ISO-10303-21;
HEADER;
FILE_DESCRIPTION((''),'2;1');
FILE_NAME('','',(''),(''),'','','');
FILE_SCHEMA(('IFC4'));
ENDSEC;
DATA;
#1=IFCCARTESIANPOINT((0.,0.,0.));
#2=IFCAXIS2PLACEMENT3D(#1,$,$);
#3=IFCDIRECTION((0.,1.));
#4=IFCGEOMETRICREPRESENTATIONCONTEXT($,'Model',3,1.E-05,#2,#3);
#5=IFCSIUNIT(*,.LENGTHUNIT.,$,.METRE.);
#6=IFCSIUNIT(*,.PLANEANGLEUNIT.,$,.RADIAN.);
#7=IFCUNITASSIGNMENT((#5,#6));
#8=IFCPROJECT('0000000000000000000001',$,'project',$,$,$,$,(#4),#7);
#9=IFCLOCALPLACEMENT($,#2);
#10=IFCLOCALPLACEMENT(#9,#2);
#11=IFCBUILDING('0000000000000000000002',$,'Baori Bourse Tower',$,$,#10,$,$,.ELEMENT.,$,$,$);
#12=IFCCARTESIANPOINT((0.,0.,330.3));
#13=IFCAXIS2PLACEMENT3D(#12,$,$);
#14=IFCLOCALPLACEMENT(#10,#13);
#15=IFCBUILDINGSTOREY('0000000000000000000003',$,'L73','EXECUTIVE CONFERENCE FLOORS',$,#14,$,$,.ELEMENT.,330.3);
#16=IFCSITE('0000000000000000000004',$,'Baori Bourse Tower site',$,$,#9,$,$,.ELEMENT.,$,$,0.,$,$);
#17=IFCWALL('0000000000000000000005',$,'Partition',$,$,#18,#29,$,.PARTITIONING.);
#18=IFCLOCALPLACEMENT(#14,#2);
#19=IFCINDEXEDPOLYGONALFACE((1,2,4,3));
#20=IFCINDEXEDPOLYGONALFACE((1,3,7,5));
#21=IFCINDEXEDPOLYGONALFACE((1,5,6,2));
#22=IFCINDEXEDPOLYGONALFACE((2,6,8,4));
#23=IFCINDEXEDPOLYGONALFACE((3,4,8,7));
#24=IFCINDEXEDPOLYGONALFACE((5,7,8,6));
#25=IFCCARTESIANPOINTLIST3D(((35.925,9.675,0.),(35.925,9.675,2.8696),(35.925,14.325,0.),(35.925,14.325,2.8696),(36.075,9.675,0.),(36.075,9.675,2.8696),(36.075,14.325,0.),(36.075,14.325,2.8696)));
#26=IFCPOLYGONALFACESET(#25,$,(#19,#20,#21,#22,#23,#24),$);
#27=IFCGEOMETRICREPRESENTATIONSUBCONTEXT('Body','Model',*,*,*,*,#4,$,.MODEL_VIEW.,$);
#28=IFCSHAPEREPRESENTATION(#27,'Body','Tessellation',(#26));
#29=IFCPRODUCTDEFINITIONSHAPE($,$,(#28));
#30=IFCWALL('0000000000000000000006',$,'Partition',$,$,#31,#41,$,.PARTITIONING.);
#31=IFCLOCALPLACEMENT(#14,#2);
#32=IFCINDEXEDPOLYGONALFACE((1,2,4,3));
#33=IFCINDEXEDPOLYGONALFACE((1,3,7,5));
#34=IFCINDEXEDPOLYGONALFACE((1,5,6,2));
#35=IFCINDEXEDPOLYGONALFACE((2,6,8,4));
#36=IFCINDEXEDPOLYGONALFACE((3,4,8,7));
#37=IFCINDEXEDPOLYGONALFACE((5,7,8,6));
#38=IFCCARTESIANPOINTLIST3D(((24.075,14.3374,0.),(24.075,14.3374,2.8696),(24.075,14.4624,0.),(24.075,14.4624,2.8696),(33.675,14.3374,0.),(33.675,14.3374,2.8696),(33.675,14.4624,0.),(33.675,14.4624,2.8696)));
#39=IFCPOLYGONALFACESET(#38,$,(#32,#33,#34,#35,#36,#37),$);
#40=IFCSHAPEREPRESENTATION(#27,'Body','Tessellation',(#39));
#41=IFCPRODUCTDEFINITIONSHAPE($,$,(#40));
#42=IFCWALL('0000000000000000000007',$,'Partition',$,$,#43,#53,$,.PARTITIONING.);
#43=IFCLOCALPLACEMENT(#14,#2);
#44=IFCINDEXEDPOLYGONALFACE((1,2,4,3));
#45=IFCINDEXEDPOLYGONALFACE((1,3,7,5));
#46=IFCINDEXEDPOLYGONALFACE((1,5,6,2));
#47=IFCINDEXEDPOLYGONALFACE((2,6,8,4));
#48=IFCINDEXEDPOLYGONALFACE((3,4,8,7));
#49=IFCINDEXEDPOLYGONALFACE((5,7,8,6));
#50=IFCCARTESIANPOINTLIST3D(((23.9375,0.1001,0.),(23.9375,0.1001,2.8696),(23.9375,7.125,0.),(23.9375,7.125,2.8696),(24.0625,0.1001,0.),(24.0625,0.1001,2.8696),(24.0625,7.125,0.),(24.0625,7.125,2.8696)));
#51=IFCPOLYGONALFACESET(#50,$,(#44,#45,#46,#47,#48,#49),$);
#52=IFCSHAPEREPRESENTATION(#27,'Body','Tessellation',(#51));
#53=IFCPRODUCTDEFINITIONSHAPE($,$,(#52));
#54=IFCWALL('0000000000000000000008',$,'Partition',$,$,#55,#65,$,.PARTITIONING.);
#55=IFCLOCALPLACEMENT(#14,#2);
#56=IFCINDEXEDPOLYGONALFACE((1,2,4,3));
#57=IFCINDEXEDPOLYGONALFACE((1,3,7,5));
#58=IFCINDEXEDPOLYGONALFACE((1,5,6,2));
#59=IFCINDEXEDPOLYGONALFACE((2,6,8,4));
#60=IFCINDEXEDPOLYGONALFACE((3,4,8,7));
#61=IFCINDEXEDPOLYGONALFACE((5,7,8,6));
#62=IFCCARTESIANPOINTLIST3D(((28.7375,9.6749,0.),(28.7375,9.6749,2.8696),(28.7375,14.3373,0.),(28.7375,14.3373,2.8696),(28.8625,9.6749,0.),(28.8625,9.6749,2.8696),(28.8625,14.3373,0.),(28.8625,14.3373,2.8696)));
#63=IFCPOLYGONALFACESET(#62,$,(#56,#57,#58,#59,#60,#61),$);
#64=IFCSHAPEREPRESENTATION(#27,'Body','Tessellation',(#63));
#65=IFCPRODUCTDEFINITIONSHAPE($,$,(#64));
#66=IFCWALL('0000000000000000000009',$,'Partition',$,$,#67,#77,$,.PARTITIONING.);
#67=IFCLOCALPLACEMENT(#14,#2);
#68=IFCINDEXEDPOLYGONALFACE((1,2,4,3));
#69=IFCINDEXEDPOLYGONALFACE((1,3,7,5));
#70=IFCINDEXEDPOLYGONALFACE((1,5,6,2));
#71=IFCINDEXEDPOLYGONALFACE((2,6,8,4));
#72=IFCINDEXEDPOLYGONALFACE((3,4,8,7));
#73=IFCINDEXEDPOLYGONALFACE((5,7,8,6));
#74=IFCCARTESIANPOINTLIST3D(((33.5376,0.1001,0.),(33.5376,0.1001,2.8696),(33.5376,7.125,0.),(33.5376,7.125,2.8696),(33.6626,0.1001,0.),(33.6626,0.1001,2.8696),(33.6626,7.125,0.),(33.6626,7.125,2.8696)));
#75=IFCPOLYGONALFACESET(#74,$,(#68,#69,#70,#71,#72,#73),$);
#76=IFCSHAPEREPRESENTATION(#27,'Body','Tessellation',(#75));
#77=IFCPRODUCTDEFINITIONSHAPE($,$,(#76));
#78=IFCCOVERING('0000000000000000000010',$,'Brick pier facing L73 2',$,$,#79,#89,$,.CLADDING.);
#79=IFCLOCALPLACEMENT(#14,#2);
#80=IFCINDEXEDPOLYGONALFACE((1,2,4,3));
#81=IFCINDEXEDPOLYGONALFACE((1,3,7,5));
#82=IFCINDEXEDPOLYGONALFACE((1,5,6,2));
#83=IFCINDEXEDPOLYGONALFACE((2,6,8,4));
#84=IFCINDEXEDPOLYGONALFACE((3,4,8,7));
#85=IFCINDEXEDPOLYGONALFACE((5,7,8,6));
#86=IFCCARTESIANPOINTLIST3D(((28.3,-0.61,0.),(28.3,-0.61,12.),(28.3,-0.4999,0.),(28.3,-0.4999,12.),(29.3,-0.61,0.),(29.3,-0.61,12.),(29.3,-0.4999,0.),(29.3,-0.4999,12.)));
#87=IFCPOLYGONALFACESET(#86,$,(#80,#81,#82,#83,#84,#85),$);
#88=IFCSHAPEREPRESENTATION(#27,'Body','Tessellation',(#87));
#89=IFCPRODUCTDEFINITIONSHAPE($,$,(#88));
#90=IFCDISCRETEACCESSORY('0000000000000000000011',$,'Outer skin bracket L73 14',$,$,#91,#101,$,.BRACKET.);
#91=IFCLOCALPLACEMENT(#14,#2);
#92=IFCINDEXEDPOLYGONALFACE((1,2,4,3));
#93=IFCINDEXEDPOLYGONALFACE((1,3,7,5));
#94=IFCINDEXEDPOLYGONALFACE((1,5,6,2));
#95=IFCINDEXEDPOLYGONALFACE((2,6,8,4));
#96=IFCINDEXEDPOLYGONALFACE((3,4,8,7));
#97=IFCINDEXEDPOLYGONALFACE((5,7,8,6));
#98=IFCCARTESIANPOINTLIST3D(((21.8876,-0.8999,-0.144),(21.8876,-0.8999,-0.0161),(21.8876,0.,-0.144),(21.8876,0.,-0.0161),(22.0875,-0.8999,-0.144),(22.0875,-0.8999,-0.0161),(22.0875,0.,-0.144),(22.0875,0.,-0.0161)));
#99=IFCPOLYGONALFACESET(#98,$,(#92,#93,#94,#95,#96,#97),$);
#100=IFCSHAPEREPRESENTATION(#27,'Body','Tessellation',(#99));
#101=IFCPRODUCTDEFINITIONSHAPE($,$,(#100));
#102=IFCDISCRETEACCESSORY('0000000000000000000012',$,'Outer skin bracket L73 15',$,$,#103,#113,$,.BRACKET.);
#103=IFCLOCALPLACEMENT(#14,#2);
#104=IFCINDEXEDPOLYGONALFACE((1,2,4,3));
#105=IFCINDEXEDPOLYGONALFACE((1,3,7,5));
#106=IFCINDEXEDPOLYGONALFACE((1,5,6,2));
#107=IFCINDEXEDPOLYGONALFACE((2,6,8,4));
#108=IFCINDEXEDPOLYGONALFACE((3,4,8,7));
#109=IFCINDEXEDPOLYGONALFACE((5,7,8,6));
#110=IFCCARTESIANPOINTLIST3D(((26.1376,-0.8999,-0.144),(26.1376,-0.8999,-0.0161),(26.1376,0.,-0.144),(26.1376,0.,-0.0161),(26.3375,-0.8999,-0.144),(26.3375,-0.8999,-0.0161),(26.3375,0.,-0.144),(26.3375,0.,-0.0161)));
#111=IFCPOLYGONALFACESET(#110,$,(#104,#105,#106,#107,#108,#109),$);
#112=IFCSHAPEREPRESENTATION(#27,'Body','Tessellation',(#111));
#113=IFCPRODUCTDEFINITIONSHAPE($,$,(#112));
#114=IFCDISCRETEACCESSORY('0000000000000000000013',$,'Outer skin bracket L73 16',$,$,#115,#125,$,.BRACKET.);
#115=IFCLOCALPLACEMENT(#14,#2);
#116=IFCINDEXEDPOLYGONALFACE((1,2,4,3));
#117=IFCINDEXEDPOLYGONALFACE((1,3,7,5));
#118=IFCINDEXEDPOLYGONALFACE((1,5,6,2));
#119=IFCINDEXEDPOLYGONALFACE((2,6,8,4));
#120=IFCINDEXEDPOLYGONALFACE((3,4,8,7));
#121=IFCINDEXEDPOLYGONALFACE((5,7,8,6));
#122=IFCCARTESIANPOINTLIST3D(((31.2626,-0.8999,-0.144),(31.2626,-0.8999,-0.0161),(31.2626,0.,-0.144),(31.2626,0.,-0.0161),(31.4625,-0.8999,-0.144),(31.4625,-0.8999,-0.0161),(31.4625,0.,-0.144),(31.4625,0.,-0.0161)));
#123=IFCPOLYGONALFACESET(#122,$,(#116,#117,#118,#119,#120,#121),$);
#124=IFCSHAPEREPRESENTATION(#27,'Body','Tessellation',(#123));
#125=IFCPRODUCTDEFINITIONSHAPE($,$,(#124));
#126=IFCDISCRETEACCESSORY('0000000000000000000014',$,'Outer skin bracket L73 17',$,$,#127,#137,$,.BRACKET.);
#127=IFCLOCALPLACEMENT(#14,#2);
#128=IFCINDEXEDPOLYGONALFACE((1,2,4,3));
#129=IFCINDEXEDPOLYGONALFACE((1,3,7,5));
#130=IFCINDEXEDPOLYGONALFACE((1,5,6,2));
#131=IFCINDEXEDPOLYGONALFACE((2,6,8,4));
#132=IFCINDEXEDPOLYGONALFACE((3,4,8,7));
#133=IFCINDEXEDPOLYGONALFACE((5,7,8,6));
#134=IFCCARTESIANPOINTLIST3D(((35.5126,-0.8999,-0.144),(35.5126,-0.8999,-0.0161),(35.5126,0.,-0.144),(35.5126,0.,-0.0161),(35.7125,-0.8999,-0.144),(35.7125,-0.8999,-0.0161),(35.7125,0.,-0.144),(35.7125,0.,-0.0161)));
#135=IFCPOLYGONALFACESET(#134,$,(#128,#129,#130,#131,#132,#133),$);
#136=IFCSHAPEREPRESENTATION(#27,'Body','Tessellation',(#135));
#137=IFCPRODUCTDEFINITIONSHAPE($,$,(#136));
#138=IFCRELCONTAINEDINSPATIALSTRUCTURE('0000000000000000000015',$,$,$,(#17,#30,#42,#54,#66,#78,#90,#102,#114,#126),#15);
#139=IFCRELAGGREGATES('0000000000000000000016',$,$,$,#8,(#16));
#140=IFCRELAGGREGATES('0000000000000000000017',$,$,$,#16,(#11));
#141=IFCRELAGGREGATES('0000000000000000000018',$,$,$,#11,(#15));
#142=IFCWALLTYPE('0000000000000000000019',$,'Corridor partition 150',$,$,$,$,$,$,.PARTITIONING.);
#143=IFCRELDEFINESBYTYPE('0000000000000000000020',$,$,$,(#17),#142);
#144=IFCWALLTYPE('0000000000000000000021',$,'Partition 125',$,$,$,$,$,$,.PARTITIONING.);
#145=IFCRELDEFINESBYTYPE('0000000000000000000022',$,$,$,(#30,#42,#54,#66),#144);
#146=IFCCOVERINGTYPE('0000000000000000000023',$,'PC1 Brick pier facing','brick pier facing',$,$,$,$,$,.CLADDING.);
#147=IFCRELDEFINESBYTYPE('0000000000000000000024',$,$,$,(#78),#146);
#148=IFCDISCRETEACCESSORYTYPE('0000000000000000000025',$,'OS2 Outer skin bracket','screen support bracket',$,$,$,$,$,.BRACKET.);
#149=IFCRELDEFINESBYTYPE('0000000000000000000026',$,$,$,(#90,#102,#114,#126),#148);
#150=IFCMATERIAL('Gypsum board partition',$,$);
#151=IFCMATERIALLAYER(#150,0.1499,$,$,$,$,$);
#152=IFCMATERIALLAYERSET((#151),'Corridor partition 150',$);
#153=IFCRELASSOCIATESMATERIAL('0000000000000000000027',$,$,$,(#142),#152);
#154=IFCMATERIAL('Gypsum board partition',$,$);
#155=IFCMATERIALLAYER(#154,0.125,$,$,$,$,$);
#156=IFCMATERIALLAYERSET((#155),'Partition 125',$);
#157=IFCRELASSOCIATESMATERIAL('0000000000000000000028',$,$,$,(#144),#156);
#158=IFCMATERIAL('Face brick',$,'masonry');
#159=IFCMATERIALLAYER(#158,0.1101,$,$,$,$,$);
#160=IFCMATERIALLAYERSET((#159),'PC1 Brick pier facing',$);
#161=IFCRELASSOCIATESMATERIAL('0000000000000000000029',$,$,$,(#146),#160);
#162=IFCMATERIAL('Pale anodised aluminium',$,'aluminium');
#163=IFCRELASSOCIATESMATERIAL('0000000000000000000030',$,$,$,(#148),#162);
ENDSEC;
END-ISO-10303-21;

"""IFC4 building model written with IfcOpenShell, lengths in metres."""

from ifc_helpers import new_model, si_unit, direction, frame, frame_2d, origin, origin_2d, place, context, subcontext, project, spatial, rectangle, extrude, material, layer, layer_set, type_object, element, save


model = new_model("IFC4")

# Units and contexts
model_context = context("Model", 3, precision=1e-05, world=origin(), true_north=direction((0.0, 1.0)))
body_context = subcontext(model_context, "Body", "Model", "MODEL_VIEW")
ifc_project = project(units=[si_unit("LENGTHUNIT", "METRE"), si_unit("PLANEANGLEUNIT", "RADIAN")], contexts=[model_context])

# Site, building, storey
site_placement = place(None, origin())
site = spatial("IfcSite", under=ifc_project, at=site_placement, Name="Baori Bourse Tower site", CompositionType="ELEMENT", RefElevation=0.0)
building_placement = place(site_placement, origin())
building = spatial("IfcBuilding", under=site, at=building_placement, Name="Baori Bourse Tower", CompositionType="ELEMENT")
storey_placement = place(building_placement, frame((0.0, 0.0, 330.3)))
storey = spatial("IfcBuildingStorey", under=building, at=storey_placement, Name="L73", Description="EXECUTIVE CONFERENCE FLOORS", CompositionType="ELEMENT", Elevation=330.3)

# Shared definitions
ifc_material_1 = material(Name="Gypsum board partition")
ifc_layer_1 = layer(ifc_material_1, 0.1499)
ifc_layer_set_1 = layer_set([ifc_layer_1], Name="Corridor partition 150")
wall_type_1 = type_object("IfcWallType", Name="Corridor partition 150", PredefinedType="PARTITIONING", material=ifc_layer_set_1)

# Walls
wall_1_placement = place(storey_placement, frame((36.0, 9.675, 0.0), z_axis=(0.0, 0.0, 1.0), x_axis=(0.0, 1.0, 0.0)))
element("IfcWall", 1, at=wall_1_placement, inside=storey, type_object=wall_type_1, Name="Partition", PredefinedType="PARTITIONING", context=body_context, shape_type="SweptSolid", body=[
    extrude(rectangle(XDim=4.6499, YDim=0.1499, at=frame_2d((2.325, 0.0))), origin(), (0.0, 0.0, 1.0), 2.8696),
])
ifc_material_2 = material(Name="Gypsum board partition")
ifc_layer_2 = layer(ifc_material_2, 0.125)
ifc_layer_set_2 = layer_set([ifc_layer_2], Name="Partition 125")
wall_type_2 = type_object("IfcWallType", Name="Partition 125", PredefinedType="PARTITIONING", material=ifc_layer_set_2)
wall_2_placement = place(storey_placement, frame((24.075, 14.3999, 0.0), z_axis=(0.0, 0.0, 1.0), x_axis=(1.0, 0.0, 0.0)))
element("IfcWall", 2, at=wall_2_placement, inside=storey, type_object=wall_type_2, Name="Partition", PredefinedType="PARTITIONING", context=body_context, shape_type="SweptSolid", body=[
    extrude(rectangle(XDim=9.6001, YDim=0.125, at=frame_2d((4.8, 0.0))), origin(), (0.0, 0.0, 1.0), 2.8696),
])
wall_3_placement = place(storey_placement, frame((24.0, 0.1001, 0.0), z_axis=(0.0, 0.0, 1.0), x_axis=(0.0, 1.0, 0.0)))
element("IfcWall", 3, at=wall_3_placement, inside=storey, type_object=wall_type_2, Name="Partition", PredefinedType="PARTITIONING", context=body_context, shape_type="SweptSolid", body=[
    extrude(rectangle(XDim=7.0249, YDim=0.125, at=frame_2d((3.5125, 0.0))), origin(), (0.0, 0.0, 1.0), 2.8696),
])
wall_4_placement = place(storey_placement, frame((28.8, 9.675, 0.0), z_axis=(0.0, 0.0, 1.0), x_axis=(0.0, 1.0, 0.0)))
element("IfcWall", 4, at=wall_4_placement, inside=storey, type_object=wall_type_2, Name="Partition", PredefinedType="PARTITIONING", context=body_context, shape_type="SweptSolid", body=[
    extrude(rectangle(XDim=4.6624, YDim=0.125, at=frame_2d((2.3311, 0.0))), origin(), (0.0, 0.0, 1.0), 2.8696),
])
wall_5_placement = place(storey_placement, frame((33.6001, 0.1001, 0.0), z_axis=(0.0, 0.0, 1.0), x_axis=(0.0, 1.0, 0.0)))
element("IfcWall", 5, at=wall_5_placement, inside=storey, type_object=wall_type_2, Name="Partition", PredefinedType="PARTITIONING", context=body_context, shape_type="SweptSolid", body=[
    extrude(rectangle(XDim=7.0249, YDim=0.125, at=frame_2d((3.5125, 0.0))), origin(), (0.0, 0.0, 1.0), 2.8696),
])

# Covering
ifc_material_3 = material(Name="Face brick", Category="masonry")
ifc_layer_3 = layer(ifc_material_3, 0.1101)
ifc_layer_set_3 = layer_set([ifc_layer_3], Name="PC1 Brick pier facing")
covering_type = type_object("IfcCoveringType", Name="PC1 Brick pier facing", Description="brick pier facing", PredefinedType="CLADDING", material=ifc_layer_set_3)
covering_placement = place(storey_placement, frame((28.8, -0.5549, 0.0), z_axis=(0.0, 0.0, 1.0), x_axis=(1.0, 0.0, 0.0)))
element("IfcCovering", 6, at=covering_placement, inside=storey, type_object=covering_type, Name="Brick pier facing L73 2", PredefinedType="CLADDING", context=body_context, shape_type="SweptSolid", body=[
    extrude(rectangle(XDim=1.0, YDim=0.1101, at=origin_2d()), origin(), (0.0, 0.0, 1.0), 12.0),
])

# Discrete accessories
ifc_material_4 = material(Name="Pale anodised aluminium", Category="aluminium")
discrete_accessory_type = type_object("IfcDiscreteAccessoryType", Name="OS2 Outer skin bracket", Description="screen support bracket", PredefinedType="BRACKET", material=ifc_material_4)
for number, where, z_axis, x_axis, name in (
    (7, (21.9875, -0.45, -0.144), (0.0, 0.0, 1.0), (1.0, 0.0, 0.0), "Outer skin bracket L73 14"),
    (8, (26.2375, -0.45, -0.144), (0.0, 0.0, 1.0), (1.0, 0.0, 0.0), "Outer skin bracket L73 15"),
    (9, (31.3625, -0.45, -0.144), (0.0, 0.0, 1.0), (1.0, 0.0, 0.0), "Outer skin bracket L73 16"),
    (10, (35.6125, -0.45, -0.144), (0.0, 0.0, 1.0), (1.0, 0.0, 0.0), "Outer skin bracket L73 17"),
):
    element("IfcDiscreteAccessory", number, at=place(storey_placement, frame(where, z_axis=z_axis, x_axis=x_axis)), inside=storey, type_object=discrete_accessory_type, Name=name, PredefinedType="BRACKET", context=body_context, shape_type="SweptSolid", body=[
        extrude(rectangle(XDim=0.2, YDim=0.8999, at=origin_2d()), origin(), (0.0, 0.0, 1.0), 0.1279),
    ])

save(model, "model.ifc")
